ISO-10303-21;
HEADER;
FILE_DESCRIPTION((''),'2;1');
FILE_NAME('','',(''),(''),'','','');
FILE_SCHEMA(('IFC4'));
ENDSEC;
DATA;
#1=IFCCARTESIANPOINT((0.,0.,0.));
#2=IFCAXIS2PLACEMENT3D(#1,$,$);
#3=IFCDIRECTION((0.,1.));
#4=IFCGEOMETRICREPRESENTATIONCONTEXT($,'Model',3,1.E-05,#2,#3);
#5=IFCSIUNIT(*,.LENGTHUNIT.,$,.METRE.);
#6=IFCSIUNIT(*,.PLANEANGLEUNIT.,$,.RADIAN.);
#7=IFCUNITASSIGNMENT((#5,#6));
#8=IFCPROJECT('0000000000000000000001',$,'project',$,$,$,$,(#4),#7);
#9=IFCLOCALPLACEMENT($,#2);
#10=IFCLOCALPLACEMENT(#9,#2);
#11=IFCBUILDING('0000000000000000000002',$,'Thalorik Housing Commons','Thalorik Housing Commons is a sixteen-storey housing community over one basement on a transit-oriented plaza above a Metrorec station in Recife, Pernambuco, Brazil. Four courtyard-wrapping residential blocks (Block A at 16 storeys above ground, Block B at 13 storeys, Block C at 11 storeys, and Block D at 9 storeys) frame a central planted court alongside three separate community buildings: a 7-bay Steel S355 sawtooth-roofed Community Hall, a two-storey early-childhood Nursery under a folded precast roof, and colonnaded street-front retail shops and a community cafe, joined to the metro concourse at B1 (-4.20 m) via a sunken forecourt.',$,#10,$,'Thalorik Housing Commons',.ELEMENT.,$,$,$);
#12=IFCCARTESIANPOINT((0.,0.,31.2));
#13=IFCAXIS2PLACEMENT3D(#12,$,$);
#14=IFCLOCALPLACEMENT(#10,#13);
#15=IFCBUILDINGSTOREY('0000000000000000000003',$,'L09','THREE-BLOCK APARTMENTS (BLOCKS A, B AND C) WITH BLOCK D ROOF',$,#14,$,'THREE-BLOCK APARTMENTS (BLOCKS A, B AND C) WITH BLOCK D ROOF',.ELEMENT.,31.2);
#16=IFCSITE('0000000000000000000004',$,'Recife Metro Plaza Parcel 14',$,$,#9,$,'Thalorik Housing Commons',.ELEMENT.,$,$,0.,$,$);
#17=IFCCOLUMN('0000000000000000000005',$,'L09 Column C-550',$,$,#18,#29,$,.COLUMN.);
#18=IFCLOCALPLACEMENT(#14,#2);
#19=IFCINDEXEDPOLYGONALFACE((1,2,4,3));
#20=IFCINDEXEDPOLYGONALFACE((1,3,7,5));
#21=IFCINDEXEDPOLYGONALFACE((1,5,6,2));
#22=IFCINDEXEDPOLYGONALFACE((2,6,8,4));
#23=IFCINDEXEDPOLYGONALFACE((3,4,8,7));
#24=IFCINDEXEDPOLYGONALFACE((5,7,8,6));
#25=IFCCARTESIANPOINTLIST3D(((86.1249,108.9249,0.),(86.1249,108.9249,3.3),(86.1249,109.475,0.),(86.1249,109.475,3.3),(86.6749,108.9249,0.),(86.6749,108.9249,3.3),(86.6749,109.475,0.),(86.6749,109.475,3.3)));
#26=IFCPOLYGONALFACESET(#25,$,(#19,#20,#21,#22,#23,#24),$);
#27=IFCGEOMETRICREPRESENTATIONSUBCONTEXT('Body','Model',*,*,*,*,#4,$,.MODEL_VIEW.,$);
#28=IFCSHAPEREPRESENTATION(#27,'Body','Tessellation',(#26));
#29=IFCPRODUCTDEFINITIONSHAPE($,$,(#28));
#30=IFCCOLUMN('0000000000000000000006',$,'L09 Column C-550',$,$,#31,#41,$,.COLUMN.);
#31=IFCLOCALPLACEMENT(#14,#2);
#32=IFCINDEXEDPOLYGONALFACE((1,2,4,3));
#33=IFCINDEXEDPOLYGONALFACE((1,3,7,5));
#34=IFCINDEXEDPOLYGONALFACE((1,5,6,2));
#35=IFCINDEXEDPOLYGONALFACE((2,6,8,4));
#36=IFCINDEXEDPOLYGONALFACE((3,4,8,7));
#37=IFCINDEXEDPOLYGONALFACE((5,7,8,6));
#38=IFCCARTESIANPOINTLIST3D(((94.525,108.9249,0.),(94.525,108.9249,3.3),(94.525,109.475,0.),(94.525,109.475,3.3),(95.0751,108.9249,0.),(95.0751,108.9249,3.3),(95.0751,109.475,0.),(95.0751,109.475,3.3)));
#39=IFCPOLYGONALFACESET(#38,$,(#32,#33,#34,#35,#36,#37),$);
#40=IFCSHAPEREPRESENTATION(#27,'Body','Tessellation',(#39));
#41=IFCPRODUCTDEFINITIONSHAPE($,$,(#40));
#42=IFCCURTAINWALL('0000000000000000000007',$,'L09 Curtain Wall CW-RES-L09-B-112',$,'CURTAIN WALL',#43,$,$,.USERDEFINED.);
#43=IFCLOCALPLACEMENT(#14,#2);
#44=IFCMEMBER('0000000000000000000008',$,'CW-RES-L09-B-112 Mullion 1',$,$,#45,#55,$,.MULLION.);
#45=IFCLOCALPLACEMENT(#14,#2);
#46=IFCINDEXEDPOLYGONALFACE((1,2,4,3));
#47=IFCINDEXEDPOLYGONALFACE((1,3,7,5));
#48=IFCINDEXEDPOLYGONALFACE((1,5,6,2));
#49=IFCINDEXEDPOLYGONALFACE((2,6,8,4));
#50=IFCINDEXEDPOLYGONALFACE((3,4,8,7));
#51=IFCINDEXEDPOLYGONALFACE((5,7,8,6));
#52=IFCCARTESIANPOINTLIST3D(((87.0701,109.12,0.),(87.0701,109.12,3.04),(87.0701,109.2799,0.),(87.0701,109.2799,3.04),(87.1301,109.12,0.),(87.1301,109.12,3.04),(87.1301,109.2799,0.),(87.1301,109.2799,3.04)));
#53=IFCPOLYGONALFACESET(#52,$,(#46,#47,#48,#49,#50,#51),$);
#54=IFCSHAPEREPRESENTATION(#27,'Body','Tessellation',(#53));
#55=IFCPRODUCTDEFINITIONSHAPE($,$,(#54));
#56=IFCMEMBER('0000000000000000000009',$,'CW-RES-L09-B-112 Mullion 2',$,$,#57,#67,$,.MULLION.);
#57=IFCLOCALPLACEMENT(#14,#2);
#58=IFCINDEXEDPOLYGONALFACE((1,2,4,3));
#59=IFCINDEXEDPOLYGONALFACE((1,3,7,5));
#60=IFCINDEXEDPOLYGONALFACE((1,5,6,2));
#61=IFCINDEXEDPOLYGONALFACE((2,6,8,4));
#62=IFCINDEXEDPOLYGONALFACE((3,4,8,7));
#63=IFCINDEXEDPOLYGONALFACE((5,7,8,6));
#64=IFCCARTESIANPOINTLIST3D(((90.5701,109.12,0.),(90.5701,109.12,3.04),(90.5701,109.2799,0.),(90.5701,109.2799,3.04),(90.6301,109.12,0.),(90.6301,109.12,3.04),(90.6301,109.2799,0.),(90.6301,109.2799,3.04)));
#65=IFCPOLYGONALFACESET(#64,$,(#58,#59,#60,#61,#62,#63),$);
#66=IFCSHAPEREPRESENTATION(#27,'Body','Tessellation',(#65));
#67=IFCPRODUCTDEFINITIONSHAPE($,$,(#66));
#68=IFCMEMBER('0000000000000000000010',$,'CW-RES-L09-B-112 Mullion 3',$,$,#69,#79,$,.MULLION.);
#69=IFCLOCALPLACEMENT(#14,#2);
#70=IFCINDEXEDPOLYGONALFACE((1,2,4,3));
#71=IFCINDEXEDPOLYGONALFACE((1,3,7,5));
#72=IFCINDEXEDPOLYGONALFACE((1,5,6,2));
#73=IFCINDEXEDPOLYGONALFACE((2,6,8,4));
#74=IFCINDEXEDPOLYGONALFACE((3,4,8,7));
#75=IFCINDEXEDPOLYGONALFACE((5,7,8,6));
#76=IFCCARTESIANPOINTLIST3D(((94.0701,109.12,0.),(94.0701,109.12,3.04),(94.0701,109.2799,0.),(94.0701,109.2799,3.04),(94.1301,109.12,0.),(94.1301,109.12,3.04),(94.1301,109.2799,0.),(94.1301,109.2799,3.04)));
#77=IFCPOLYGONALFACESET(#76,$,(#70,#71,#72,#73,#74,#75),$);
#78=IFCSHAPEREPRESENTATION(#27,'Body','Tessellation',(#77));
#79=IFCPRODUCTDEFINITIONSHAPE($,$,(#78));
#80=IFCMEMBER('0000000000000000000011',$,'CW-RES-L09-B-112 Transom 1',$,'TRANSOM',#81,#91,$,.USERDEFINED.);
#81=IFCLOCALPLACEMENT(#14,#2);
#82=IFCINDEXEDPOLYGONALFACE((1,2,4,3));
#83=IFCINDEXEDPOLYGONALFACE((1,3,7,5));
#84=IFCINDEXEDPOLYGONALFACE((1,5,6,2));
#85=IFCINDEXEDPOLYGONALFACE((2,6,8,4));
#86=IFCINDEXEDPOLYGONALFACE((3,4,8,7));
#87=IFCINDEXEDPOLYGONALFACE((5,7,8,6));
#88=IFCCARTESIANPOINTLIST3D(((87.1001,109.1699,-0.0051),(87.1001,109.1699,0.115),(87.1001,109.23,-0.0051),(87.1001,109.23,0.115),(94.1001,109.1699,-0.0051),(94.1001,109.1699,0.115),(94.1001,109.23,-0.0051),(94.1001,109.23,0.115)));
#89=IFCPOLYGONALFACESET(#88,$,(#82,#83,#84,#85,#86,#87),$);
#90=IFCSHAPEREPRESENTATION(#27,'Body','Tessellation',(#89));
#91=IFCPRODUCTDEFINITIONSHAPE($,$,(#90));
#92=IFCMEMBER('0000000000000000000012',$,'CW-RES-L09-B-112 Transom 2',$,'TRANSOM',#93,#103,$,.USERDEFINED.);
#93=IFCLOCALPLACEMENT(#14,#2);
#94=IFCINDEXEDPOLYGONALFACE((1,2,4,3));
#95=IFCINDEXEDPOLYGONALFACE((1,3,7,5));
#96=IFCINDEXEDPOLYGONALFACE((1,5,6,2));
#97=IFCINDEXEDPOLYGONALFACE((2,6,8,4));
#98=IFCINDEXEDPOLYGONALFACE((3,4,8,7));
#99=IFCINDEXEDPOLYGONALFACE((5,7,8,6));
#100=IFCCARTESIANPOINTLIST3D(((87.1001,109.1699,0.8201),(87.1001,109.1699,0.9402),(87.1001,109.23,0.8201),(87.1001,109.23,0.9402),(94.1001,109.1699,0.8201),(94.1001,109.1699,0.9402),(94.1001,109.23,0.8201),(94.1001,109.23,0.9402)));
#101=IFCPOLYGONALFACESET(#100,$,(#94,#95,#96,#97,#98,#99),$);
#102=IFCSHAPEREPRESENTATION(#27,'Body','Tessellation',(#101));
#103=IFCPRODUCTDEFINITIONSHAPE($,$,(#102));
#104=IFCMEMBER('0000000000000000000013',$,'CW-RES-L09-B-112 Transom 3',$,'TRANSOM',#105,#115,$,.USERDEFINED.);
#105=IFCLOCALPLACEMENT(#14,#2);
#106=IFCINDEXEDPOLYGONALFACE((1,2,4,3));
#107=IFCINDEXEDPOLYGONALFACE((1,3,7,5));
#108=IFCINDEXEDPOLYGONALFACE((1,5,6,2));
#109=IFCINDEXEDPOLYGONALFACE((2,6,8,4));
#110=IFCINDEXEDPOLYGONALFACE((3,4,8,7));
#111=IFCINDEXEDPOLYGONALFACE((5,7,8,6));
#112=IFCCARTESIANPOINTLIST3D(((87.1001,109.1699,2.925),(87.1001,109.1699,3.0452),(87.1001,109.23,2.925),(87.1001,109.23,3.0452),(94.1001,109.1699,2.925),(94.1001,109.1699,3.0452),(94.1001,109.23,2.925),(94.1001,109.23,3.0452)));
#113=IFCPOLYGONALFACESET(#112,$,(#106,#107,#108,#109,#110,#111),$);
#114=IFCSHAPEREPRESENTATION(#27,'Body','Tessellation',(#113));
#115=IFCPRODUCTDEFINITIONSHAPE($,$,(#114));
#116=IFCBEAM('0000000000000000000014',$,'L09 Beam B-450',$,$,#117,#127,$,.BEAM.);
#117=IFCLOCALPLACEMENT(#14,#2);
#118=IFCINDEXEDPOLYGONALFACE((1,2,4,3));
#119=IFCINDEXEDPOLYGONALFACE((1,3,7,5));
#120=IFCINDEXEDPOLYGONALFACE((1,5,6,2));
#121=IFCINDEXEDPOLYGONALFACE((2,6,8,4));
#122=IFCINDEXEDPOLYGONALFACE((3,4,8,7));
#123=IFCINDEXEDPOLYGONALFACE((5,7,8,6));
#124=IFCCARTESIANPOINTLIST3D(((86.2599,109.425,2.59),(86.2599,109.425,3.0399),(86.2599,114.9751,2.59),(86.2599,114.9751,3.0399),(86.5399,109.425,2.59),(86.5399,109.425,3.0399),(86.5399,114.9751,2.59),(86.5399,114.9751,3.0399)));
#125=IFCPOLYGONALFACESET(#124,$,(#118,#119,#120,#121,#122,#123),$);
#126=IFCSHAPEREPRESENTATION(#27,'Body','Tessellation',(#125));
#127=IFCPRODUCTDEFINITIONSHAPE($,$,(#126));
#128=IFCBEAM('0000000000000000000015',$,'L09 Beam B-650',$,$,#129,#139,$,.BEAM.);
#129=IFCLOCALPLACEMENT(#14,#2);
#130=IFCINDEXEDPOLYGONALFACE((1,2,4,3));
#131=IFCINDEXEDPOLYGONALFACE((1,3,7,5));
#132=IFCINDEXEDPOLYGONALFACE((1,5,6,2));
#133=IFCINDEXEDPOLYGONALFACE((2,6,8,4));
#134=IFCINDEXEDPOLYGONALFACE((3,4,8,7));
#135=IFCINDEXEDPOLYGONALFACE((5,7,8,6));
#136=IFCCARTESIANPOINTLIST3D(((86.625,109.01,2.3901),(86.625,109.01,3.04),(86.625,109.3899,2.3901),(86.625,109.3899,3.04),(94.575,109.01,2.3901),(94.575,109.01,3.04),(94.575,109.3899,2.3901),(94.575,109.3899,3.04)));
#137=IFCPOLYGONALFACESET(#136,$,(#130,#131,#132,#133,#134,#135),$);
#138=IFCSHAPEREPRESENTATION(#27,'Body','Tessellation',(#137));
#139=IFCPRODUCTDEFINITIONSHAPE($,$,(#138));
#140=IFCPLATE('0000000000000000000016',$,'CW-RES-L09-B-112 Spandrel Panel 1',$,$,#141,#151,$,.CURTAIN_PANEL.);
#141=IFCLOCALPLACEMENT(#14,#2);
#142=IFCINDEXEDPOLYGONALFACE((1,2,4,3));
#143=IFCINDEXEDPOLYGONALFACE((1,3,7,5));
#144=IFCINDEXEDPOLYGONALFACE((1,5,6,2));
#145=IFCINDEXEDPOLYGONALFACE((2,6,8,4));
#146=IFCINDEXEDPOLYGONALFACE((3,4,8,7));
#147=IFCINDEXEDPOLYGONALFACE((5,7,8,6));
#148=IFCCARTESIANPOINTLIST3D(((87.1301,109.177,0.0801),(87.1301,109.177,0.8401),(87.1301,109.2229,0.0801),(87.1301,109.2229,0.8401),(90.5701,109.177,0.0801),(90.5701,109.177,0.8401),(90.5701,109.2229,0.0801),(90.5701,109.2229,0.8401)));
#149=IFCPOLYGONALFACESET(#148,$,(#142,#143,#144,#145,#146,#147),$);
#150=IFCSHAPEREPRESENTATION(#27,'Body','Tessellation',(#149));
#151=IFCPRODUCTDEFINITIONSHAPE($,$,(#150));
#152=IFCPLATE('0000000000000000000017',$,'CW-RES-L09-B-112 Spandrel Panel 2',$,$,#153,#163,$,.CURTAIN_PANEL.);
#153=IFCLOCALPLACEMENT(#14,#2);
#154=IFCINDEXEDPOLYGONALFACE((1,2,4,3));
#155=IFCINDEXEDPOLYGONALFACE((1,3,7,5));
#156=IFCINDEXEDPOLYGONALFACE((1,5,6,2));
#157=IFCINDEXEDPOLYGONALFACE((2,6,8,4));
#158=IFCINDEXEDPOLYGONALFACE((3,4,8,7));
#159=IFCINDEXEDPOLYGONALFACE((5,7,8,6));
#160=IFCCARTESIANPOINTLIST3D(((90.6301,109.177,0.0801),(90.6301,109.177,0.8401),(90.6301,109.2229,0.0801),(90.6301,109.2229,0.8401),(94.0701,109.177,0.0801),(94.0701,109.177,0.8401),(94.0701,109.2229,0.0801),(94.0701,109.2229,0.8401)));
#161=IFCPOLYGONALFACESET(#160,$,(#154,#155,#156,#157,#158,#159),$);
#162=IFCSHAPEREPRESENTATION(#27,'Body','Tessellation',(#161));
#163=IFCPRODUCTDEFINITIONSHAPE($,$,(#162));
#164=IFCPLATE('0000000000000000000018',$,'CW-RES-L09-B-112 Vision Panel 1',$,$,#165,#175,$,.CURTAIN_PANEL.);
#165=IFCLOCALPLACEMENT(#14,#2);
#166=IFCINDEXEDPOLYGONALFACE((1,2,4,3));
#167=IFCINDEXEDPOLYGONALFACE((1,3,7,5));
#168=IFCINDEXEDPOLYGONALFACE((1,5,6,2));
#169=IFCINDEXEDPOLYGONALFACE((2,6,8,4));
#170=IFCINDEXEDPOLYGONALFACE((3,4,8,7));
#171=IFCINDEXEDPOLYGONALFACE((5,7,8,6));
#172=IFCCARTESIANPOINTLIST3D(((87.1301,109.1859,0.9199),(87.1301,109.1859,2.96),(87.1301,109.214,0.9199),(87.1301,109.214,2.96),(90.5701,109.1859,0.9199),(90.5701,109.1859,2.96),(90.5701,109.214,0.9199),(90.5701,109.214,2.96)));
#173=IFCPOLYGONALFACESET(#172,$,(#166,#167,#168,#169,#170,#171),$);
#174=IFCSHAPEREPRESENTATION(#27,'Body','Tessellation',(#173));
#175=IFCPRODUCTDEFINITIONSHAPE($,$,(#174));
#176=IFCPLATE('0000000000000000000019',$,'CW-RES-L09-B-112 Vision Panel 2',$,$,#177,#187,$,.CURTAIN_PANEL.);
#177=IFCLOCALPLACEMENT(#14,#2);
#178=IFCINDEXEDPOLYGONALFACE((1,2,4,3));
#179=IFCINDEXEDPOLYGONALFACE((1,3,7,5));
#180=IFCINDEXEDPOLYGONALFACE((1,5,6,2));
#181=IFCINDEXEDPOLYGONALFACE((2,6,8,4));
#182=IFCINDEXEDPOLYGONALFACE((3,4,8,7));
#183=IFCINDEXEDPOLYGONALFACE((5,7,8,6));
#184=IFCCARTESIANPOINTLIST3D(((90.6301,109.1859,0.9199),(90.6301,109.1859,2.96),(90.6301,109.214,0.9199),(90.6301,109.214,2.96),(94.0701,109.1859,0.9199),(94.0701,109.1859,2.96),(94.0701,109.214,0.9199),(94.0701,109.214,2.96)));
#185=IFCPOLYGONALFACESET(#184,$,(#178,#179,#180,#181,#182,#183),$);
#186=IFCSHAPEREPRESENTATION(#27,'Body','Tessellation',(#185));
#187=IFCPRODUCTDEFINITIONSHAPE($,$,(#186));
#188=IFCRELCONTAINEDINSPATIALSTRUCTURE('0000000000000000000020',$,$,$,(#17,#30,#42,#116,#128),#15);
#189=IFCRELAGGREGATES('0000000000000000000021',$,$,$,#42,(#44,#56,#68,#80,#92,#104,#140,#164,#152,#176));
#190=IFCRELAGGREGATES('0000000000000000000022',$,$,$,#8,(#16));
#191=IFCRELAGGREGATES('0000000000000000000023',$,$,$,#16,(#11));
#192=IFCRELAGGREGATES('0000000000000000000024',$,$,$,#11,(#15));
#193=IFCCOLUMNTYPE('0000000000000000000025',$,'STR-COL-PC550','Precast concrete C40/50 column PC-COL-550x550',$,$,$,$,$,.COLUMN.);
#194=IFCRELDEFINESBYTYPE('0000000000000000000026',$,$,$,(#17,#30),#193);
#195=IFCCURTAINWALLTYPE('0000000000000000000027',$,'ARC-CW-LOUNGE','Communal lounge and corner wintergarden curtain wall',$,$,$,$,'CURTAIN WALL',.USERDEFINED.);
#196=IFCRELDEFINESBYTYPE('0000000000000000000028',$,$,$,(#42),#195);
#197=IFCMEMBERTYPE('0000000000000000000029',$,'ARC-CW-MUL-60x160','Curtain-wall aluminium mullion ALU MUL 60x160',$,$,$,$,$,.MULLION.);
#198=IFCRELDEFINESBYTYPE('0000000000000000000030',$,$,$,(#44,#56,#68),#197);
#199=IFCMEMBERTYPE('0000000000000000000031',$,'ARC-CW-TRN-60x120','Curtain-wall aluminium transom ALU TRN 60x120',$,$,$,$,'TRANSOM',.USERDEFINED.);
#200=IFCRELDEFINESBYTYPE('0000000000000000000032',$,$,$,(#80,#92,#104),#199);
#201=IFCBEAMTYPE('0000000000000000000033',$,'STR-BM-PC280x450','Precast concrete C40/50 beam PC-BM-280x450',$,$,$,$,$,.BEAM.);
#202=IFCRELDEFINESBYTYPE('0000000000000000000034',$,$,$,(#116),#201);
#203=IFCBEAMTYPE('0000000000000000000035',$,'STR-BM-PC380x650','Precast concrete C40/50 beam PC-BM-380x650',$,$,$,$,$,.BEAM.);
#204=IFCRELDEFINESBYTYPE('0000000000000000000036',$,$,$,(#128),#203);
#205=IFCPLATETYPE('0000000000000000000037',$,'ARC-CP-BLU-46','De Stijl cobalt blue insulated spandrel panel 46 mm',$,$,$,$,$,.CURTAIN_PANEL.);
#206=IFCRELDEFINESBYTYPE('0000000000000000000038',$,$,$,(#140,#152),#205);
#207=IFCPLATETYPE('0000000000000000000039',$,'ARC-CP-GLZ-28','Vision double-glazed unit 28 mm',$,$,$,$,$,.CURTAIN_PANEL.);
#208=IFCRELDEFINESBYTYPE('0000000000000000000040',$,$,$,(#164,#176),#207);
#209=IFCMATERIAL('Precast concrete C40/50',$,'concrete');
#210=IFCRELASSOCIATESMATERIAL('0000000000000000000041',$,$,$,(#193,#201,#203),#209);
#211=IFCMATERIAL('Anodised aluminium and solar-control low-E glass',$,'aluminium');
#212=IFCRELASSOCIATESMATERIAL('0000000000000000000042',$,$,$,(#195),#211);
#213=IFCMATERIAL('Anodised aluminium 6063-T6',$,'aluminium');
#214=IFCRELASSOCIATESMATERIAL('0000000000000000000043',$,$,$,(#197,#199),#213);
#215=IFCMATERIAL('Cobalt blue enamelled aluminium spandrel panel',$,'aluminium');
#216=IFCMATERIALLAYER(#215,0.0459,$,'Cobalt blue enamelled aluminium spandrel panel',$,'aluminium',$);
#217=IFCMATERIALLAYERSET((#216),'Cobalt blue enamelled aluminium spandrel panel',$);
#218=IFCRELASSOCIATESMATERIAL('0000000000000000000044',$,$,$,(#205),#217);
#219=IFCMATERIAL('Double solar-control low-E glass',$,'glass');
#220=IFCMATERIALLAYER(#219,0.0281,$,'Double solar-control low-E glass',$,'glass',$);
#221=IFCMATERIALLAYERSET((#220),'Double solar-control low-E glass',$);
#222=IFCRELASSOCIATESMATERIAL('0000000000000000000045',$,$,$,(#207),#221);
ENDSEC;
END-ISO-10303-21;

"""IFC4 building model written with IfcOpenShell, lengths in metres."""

from ifc_helpers import new_model, si_unit, direction, frame, origin, origin_2d, place, context, subcontext, project, spatial, rectangle, extrude, material, layer, layer_set, material_profile, profile_set, type_object, element, aggregate, save


model = new_model("IFC4")

# Units and contexts
model_context = context("Model", 3, precision=1e-05, world=origin(), true_north=direction((0.0, 1.0)))
body_context = subcontext(model_context, "Body", "Model", "MODEL_VIEW")
ifc_project = project(units=[si_unit("LENGTHUNIT", "METRE"), si_unit("PLANEANGLEUNIT", "RADIAN")], contexts=[model_context])

# Site, building, storey
site_placement = place(None, origin())
site = spatial("IfcSite", under=ifc_project, at=site_placement, Name="Recife Metro Plaza Parcel 14", LongName="Thalorik Housing Commons", CompositionType="ELEMENT", RefElevation=0.0)
building_placement = place(site_placement, origin())
building = spatial("IfcBuilding", under=site, at=building_placement, Name="Thalorik Housing Commons", Description="Thalorik Housing Commons is a sixteen-storey housing community over one basement on a transit-oriented plaza above a Metrorec station in Recife, Pernambuco, Brazil. Four courtyard-wrapping residential blocks (Block A at 16 storeys above ground, Block B at 13 storeys, Block C at 11 storeys, and Block D at 9 storeys) frame a central planted court alongside three separate community buildings: a 7-bay Steel S355 sawtooth-roofed Community Hall, a two-storey early-childhood Nursery under a folded precast roof, and colonnaded street-front retail shops and a community cafe, joined to the metro concourse at B1 (-4.20 m) via a sunken forecourt.", LongName="Thalorik Housing Commons", CompositionType="ELEMENT")
storey_placement = place(building_placement, frame((0.0, 0.0, 31.2)))
storey = spatial("IfcBuildingStorey", under=building, at=storey_placement, Name="L09", Description="THREE-BLOCK APARTMENTS (BLOCKS A, B AND C) WITH BLOCK D ROOF", LongName="THREE-BLOCK APARTMENTS (BLOCKS A, B AND C) WITH BLOCK D ROOF", CompositionType="ELEMENT", Elevation=31.2)

# Columns
ifc_material_1 = material(Name="Precast concrete C40/50", Category="concrete")
ifc_material_profile_1 = material_profile(ifc_material_1, rectangle(XDim=0.55, YDim=0.55, at=origin_2d()), Name="PC 550x550", Category="concrete")
ifc_profile_set_1 = profile_set([ifc_material_profile_1], Name="Precast concrete C40/50")
column_type = type_object("IfcColumnType", Name="STR-COL-PC550", Description="Precast concrete C40/50 column PC-COL-550x550", PredefinedType="COLUMN", material=ifc_profile_set_1)
for number, where, z_axis, x_axis, name in (
    (1, (86.3999, 109.2, 0.0), (0.0, 0.0, 1.0), (1.0, 0.0, 0.0), "L09 Column C-550"),
    (2, (94.8, 109.2, 0.0), (0.0, 0.0, 1.0), (1.0, 0.0, 0.0), "L09 Column C-550"),
):
    element("IfcColumn", number, at=place(storey_placement, frame(where, z_axis=z_axis, x_axis=x_axis)), inside=storey, type_object=column_type, Name=name, PredefinedType="COLUMN", context=body_context, shape_type="SweptSolid", body=[
        extrude(rectangle(XDim=0.55, YDim=0.55, at=origin_2d()), origin(), (0.0, 0.0, 1.0), 3.3),
    ])

# Curtain wall, members
ifc_material_2 = material(Name="Anodised aluminium and solar-control low-E glass", Category="aluminium")
curtain_wall_type = type_object("IfcCurtainWallType", Name="ARC-CW-LOUNGE", Description="Communal lounge and corner wintergarden curtain wall", ElementType="CURTAIN WALL", PredefinedType="USERDEFINED", material=ifc_material_2)
curtain_wall_placement = place(storey_placement, origin())
curtain_wall = element("IfcCurtainWall", 3, at=curtain_wall_placement, inside=storey, type_object=curtain_wall_type, Name="L09 Curtain Wall CW-RES-L09-B-112", ObjectType="CURTAIN WALL", PredefinedType="USERDEFINED")
ifc_material_3 = material(Name="Anodised aluminium 6063-T6", Category="aluminium")
ifc_material_profile_2 = material_profile(ifc_material_3, rectangle(XDim=0.0601, YDim=0.1599, at=origin_2d()), Name="ALU MUL 60x160", Category="aluminium")
ifc_profile_set_2 = profile_set([ifc_material_profile_2], Name="Anodised aluminium 6063-T6")
member_type_1 = type_object("IfcMemberType", Name="ARC-CW-MUL-60x160", Description="Curtain-wall aluminium mullion ALU MUL 60x160", PredefinedType="MULLION", material=ifc_profile_set_2)
member_1_placement = place(storey_placement, frame((87.1001, 109.2, 0.0), z_axis=(0.0, 0.0, 1.0), x_axis=(1.0, 0.0, 0.0)))
member_1 = element("IfcMember", 4, at=member_1_placement, type_object=member_type_1, Name="CW-RES-L09-B-112 Mullion 1", PredefinedType="MULLION", context=body_context, shape_type="SweptSolid", body=[
    extrude(rectangle(XDim=0.0601, YDim=0.1599, at=origin_2d()), origin(), (0.0, 0.0, 1.0), 3.04),
])
member_2_placement = place(storey_placement, frame((90.6001, 109.2, 0.0), z_axis=(0.0, 0.0, 1.0), x_axis=(1.0, 0.0, 0.0)))
member_2 = element("IfcMember", 5, at=member_2_placement, type_object=member_type_1, Name="CW-RES-L09-B-112 Mullion 2", PredefinedType="MULLION", context=body_context, shape_type="SweptSolid", body=[
    extrude(rectangle(XDim=0.0601, YDim=0.1599, at=origin_2d()), origin(), (0.0, 0.0, 1.0), 3.04),
])
member_3_placement = place(storey_placement, frame((94.1001, 109.2, 0.0), z_axis=(0.0, 0.0, 1.0), x_axis=(1.0, 0.0, 0.0)))
member_3 = element("IfcMember", 6, at=member_3_placement, type_object=member_type_1, Name="CW-RES-L09-B-112 Mullion 3", PredefinedType="MULLION", context=body_context, shape_type="SweptSolid", body=[
    extrude(rectangle(XDim=0.0601, YDim=0.1599, at=origin_2d()), origin(), (0.0, 0.0, 1.0), 3.04),
])
ifc_material_profile_3 = material_profile(ifc_material_3, rectangle(XDim=0.0601, YDim=0.1201, at=origin_2d()), Name="ALU TRN 60x120", Category="aluminium")
ifc_profile_set_3 = profile_set([ifc_material_profile_3], Name="Anodised aluminium 6063-T6")
member_type_2 = type_object("IfcMemberType", Name="ARC-CW-TRN-60x120", Description="Curtain-wall aluminium transom ALU TRN 60x120", ElementType="TRANSOM", PredefinedType="USERDEFINED", material=ifc_profile_set_3)
member_4_placement = place(storey_placement, frame((87.1001, 109.2, 0.0549), z_axis=(1.0, 0.0, 0.0), x_axis=(0.0, 1.0, 0.0)))
member_4 = element("IfcMember", 7, at=member_4_placement, type_object=member_type_2, Name="CW-RES-L09-B-112 Transom 1", ObjectType="TRANSOM", PredefinedType="USERDEFINED", context=body_context, shape_type="SweptSolid", body=[
    extrude(rectangle(XDim=0.0601, YDim=0.1201, at=origin_2d()), origin(), (0.0, 0.0, 1.0), 7.0),
])
member_5_placement = place(storey_placement, frame((87.1001, 109.2, 0.8801), z_axis=(1.0, 0.0, 0.0), x_axis=(0.0, 1.0, 0.0)))
member_5 = element("IfcMember", 8, at=member_5_placement, type_object=member_type_2, Name="CW-RES-L09-B-112 Transom 2", ObjectType="TRANSOM", PredefinedType="USERDEFINED", context=body_context, shape_type="SweptSolid", body=[
    extrude(rectangle(XDim=0.0601, YDim=0.1201, at=origin_2d()), origin(), (0.0, 0.0, 1.0), 7.0),
])
member_6_placement = place(storey_placement, frame((87.1001, 109.2, 2.9851), z_axis=(1.0, 0.0, 0.0), x_axis=(0.0, 1.0, 0.0)))
member_6 = element("IfcMember", 9, at=member_6_placement, type_object=member_type_2, Name="CW-RES-L09-B-112 Transom 3", ObjectType="TRANSOM", PredefinedType="USERDEFINED", context=body_context, shape_type="SweptSolid", body=[
    extrude(rectangle(XDim=0.0601, YDim=0.1201, at=origin_2d()), origin(), (0.0, 0.0, 1.0), 7.0),
])

# Beams
ifc_material_profile_4 = material_profile(ifc_material_1, rectangle(XDim=0.28, YDim=0.45, at=origin_2d()), Name="PC 280x450", Category="concrete")
ifc_profile_set_4 = profile_set([ifc_material_profile_4], Name="Precast concrete C40/50")
beam_type_1 = type_object("IfcBeamType", Name="STR-BM-PC280x450", Description="Precast concrete C40/50 beam PC-BM-280x450", PredefinedType="BEAM", material=ifc_profile_set_4)
beam_1_placement = place(storey_placement, frame((86.3999, 109.425, 2.8149), z_axis=(0.0, 1.0, 0.0), x_axis=(-1.0, 0.0, 0.0)))
element("IfcBeam", 10, at=beam_1_placement, inside=storey, type_object=beam_type_1, Name="L09 Beam B-450", PredefinedType="BEAM", context=body_context, shape_type="SweptSolid", body=[
    extrude(rectangle(XDim=0.28, YDim=0.45, at=origin_2d()), origin(), (0.0, 0.0, 1.0), 5.55),
])
ifc_material_profile_5 = material_profile(ifc_material_1, rectangle(XDim=0.3799, YDim=0.6499, at=origin_2d()), Name="PC 380x650", Category="concrete")
ifc_profile_set_5 = profile_set([ifc_material_profile_5], Name="Precast concrete C40/50")
beam_type_2 = type_object("IfcBeamType", Name="STR-BM-PC380x650", Description="Precast concrete C40/50 beam PC-BM-380x650", PredefinedType="BEAM", material=ifc_profile_set_5)
beam_2_placement = place(storey_placement, frame((86.625, 109.2, 2.7151), z_axis=(1.0, 0.0, 0.0), x_axis=(0.0, 1.0, 0.0)))
element("IfcBeam", 11, at=beam_2_placement, inside=storey, type_object=beam_type_2, Name="L09 Beam B-650", PredefinedType="BEAM", context=body_context, shape_type="SweptSolid", body=[
    extrude(rectangle(XDim=0.3799, YDim=0.6499, at=origin_2d()), origin(), (0.0, 0.0, 1.0), 7.95),
])

# Plates
ifc_material_4 = material(Name="Cobalt blue enamelled aluminium spandrel panel", Category="aluminium")
ifc_layer_1 = layer(ifc_material_4, 0.0459, Name="Cobalt blue enamelled aluminium spandrel panel", Category="aluminium")
ifc_layer_set_1 = layer_set([ifc_layer_1], Name="Cobalt blue enamelled aluminium spandrel panel")
plate_type_1 = type_object("IfcPlateType", Name="ARC-CP-BLU-46", Description="De Stijl cobalt blue insulated spandrel panel 46 mm", PredefinedType="CURTAIN_PANEL", material=ifc_layer_set_1)
plate_1_placement = place(storey_placement, frame((88.8501, 109.2, 0.0801), z_axis=(0.0, 0.0, 1.0), x_axis=(1.0, 0.0, 0.0)))
plate_1 = element("IfcPlate", 12, at=plate_1_placement, type_object=plate_type_1, Name="CW-RES-L09-B-112 Spandrel Panel 1", PredefinedType="CURTAIN_PANEL", context=body_context, shape_type="SweptSolid", body=[
    extrude(rectangle(XDim=3.4399, YDim=0.0459, at=origin_2d()), origin(), (0.0, 0.0, 1.0), 0.76),
])
plate_2_placement = place(storey_placement, frame((92.3501, 109.2, 0.0801), z_axis=(0.0, 0.0, 1.0), x_axis=(1.0, 0.0, 0.0)))
plate_2 = element("IfcPlate", 13, at=plate_2_placement, type_object=plate_type_1, Name="CW-RES-L09-B-112 Spandrel Panel 2", PredefinedType="CURTAIN_PANEL", context=body_context, shape_type="SweptSolid", body=[
    extrude(rectangle(XDim=3.4399, YDim=0.0459, at=origin_2d()), origin(), (0.0, 0.0, 1.0), 0.76),
])
ifc_material_5 = material(Name="Double solar-control low-E glass", Category="glass")
ifc_layer_2 = layer(ifc_material_5, 0.0281, Name="Double solar-control low-E glass", Category="glass")
ifc_layer_set_2 = layer_set([ifc_layer_2], Name="Double solar-control low-E glass")
plate_type_2 = type_object("IfcPlateType", Name="ARC-CP-GLZ-28", Description="Vision double-glazed unit 28 mm", PredefinedType="CURTAIN_PANEL", material=ifc_layer_set_2)
plate_3_placement = place(storey_placement, frame((88.8501, 109.2, 0.9199), z_axis=(0.0, 0.0, 1.0), x_axis=(1.0, 0.0, 0.0)))
plate_3 = element("IfcPlate", 14, at=plate_3_placement, type_object=plate_type_2, Name="CW-RES-L09-B-112 Vision Panel 1", PredefinedType="CURTAIN_PANEL", context=body_context, shape_type="SweptSolid", body=[
    extrude(rectangle(XDim=3.4399, YDim=0.0281, at=origin_2d()), origin(), (0.0, 0.0, 1.0), 2.04),
])
plate_4_placement = place(storey_placement, frame((92.3501, 109.2, 0.9199), z_axis=(0.0, 0.0, 1.0), x_axis=(1.0, 0.0, 0.0)))
plate_4 = element("IfcPlate", 15, at=plate_4_placement, type_object=plate_type_2, Name="CW-RES-L09-B-112 Vision Panel 2", PredefinedType="CURTAIN_PANEL", context=body_context, shape_type="SweptSolid", body=[
    extrude(rectangle(XDim=3.4399, YDim=0.0281, at=origin_2d()), origin(), (0.0, 0.0, 1.0), 2.04),
])
aggregate(curtain_wall, [member_1, member_2, member_3, member_4, member_5, member_6, plate_1, plate_3, plate_2, plate_4])

save(model, "model.ifc")
